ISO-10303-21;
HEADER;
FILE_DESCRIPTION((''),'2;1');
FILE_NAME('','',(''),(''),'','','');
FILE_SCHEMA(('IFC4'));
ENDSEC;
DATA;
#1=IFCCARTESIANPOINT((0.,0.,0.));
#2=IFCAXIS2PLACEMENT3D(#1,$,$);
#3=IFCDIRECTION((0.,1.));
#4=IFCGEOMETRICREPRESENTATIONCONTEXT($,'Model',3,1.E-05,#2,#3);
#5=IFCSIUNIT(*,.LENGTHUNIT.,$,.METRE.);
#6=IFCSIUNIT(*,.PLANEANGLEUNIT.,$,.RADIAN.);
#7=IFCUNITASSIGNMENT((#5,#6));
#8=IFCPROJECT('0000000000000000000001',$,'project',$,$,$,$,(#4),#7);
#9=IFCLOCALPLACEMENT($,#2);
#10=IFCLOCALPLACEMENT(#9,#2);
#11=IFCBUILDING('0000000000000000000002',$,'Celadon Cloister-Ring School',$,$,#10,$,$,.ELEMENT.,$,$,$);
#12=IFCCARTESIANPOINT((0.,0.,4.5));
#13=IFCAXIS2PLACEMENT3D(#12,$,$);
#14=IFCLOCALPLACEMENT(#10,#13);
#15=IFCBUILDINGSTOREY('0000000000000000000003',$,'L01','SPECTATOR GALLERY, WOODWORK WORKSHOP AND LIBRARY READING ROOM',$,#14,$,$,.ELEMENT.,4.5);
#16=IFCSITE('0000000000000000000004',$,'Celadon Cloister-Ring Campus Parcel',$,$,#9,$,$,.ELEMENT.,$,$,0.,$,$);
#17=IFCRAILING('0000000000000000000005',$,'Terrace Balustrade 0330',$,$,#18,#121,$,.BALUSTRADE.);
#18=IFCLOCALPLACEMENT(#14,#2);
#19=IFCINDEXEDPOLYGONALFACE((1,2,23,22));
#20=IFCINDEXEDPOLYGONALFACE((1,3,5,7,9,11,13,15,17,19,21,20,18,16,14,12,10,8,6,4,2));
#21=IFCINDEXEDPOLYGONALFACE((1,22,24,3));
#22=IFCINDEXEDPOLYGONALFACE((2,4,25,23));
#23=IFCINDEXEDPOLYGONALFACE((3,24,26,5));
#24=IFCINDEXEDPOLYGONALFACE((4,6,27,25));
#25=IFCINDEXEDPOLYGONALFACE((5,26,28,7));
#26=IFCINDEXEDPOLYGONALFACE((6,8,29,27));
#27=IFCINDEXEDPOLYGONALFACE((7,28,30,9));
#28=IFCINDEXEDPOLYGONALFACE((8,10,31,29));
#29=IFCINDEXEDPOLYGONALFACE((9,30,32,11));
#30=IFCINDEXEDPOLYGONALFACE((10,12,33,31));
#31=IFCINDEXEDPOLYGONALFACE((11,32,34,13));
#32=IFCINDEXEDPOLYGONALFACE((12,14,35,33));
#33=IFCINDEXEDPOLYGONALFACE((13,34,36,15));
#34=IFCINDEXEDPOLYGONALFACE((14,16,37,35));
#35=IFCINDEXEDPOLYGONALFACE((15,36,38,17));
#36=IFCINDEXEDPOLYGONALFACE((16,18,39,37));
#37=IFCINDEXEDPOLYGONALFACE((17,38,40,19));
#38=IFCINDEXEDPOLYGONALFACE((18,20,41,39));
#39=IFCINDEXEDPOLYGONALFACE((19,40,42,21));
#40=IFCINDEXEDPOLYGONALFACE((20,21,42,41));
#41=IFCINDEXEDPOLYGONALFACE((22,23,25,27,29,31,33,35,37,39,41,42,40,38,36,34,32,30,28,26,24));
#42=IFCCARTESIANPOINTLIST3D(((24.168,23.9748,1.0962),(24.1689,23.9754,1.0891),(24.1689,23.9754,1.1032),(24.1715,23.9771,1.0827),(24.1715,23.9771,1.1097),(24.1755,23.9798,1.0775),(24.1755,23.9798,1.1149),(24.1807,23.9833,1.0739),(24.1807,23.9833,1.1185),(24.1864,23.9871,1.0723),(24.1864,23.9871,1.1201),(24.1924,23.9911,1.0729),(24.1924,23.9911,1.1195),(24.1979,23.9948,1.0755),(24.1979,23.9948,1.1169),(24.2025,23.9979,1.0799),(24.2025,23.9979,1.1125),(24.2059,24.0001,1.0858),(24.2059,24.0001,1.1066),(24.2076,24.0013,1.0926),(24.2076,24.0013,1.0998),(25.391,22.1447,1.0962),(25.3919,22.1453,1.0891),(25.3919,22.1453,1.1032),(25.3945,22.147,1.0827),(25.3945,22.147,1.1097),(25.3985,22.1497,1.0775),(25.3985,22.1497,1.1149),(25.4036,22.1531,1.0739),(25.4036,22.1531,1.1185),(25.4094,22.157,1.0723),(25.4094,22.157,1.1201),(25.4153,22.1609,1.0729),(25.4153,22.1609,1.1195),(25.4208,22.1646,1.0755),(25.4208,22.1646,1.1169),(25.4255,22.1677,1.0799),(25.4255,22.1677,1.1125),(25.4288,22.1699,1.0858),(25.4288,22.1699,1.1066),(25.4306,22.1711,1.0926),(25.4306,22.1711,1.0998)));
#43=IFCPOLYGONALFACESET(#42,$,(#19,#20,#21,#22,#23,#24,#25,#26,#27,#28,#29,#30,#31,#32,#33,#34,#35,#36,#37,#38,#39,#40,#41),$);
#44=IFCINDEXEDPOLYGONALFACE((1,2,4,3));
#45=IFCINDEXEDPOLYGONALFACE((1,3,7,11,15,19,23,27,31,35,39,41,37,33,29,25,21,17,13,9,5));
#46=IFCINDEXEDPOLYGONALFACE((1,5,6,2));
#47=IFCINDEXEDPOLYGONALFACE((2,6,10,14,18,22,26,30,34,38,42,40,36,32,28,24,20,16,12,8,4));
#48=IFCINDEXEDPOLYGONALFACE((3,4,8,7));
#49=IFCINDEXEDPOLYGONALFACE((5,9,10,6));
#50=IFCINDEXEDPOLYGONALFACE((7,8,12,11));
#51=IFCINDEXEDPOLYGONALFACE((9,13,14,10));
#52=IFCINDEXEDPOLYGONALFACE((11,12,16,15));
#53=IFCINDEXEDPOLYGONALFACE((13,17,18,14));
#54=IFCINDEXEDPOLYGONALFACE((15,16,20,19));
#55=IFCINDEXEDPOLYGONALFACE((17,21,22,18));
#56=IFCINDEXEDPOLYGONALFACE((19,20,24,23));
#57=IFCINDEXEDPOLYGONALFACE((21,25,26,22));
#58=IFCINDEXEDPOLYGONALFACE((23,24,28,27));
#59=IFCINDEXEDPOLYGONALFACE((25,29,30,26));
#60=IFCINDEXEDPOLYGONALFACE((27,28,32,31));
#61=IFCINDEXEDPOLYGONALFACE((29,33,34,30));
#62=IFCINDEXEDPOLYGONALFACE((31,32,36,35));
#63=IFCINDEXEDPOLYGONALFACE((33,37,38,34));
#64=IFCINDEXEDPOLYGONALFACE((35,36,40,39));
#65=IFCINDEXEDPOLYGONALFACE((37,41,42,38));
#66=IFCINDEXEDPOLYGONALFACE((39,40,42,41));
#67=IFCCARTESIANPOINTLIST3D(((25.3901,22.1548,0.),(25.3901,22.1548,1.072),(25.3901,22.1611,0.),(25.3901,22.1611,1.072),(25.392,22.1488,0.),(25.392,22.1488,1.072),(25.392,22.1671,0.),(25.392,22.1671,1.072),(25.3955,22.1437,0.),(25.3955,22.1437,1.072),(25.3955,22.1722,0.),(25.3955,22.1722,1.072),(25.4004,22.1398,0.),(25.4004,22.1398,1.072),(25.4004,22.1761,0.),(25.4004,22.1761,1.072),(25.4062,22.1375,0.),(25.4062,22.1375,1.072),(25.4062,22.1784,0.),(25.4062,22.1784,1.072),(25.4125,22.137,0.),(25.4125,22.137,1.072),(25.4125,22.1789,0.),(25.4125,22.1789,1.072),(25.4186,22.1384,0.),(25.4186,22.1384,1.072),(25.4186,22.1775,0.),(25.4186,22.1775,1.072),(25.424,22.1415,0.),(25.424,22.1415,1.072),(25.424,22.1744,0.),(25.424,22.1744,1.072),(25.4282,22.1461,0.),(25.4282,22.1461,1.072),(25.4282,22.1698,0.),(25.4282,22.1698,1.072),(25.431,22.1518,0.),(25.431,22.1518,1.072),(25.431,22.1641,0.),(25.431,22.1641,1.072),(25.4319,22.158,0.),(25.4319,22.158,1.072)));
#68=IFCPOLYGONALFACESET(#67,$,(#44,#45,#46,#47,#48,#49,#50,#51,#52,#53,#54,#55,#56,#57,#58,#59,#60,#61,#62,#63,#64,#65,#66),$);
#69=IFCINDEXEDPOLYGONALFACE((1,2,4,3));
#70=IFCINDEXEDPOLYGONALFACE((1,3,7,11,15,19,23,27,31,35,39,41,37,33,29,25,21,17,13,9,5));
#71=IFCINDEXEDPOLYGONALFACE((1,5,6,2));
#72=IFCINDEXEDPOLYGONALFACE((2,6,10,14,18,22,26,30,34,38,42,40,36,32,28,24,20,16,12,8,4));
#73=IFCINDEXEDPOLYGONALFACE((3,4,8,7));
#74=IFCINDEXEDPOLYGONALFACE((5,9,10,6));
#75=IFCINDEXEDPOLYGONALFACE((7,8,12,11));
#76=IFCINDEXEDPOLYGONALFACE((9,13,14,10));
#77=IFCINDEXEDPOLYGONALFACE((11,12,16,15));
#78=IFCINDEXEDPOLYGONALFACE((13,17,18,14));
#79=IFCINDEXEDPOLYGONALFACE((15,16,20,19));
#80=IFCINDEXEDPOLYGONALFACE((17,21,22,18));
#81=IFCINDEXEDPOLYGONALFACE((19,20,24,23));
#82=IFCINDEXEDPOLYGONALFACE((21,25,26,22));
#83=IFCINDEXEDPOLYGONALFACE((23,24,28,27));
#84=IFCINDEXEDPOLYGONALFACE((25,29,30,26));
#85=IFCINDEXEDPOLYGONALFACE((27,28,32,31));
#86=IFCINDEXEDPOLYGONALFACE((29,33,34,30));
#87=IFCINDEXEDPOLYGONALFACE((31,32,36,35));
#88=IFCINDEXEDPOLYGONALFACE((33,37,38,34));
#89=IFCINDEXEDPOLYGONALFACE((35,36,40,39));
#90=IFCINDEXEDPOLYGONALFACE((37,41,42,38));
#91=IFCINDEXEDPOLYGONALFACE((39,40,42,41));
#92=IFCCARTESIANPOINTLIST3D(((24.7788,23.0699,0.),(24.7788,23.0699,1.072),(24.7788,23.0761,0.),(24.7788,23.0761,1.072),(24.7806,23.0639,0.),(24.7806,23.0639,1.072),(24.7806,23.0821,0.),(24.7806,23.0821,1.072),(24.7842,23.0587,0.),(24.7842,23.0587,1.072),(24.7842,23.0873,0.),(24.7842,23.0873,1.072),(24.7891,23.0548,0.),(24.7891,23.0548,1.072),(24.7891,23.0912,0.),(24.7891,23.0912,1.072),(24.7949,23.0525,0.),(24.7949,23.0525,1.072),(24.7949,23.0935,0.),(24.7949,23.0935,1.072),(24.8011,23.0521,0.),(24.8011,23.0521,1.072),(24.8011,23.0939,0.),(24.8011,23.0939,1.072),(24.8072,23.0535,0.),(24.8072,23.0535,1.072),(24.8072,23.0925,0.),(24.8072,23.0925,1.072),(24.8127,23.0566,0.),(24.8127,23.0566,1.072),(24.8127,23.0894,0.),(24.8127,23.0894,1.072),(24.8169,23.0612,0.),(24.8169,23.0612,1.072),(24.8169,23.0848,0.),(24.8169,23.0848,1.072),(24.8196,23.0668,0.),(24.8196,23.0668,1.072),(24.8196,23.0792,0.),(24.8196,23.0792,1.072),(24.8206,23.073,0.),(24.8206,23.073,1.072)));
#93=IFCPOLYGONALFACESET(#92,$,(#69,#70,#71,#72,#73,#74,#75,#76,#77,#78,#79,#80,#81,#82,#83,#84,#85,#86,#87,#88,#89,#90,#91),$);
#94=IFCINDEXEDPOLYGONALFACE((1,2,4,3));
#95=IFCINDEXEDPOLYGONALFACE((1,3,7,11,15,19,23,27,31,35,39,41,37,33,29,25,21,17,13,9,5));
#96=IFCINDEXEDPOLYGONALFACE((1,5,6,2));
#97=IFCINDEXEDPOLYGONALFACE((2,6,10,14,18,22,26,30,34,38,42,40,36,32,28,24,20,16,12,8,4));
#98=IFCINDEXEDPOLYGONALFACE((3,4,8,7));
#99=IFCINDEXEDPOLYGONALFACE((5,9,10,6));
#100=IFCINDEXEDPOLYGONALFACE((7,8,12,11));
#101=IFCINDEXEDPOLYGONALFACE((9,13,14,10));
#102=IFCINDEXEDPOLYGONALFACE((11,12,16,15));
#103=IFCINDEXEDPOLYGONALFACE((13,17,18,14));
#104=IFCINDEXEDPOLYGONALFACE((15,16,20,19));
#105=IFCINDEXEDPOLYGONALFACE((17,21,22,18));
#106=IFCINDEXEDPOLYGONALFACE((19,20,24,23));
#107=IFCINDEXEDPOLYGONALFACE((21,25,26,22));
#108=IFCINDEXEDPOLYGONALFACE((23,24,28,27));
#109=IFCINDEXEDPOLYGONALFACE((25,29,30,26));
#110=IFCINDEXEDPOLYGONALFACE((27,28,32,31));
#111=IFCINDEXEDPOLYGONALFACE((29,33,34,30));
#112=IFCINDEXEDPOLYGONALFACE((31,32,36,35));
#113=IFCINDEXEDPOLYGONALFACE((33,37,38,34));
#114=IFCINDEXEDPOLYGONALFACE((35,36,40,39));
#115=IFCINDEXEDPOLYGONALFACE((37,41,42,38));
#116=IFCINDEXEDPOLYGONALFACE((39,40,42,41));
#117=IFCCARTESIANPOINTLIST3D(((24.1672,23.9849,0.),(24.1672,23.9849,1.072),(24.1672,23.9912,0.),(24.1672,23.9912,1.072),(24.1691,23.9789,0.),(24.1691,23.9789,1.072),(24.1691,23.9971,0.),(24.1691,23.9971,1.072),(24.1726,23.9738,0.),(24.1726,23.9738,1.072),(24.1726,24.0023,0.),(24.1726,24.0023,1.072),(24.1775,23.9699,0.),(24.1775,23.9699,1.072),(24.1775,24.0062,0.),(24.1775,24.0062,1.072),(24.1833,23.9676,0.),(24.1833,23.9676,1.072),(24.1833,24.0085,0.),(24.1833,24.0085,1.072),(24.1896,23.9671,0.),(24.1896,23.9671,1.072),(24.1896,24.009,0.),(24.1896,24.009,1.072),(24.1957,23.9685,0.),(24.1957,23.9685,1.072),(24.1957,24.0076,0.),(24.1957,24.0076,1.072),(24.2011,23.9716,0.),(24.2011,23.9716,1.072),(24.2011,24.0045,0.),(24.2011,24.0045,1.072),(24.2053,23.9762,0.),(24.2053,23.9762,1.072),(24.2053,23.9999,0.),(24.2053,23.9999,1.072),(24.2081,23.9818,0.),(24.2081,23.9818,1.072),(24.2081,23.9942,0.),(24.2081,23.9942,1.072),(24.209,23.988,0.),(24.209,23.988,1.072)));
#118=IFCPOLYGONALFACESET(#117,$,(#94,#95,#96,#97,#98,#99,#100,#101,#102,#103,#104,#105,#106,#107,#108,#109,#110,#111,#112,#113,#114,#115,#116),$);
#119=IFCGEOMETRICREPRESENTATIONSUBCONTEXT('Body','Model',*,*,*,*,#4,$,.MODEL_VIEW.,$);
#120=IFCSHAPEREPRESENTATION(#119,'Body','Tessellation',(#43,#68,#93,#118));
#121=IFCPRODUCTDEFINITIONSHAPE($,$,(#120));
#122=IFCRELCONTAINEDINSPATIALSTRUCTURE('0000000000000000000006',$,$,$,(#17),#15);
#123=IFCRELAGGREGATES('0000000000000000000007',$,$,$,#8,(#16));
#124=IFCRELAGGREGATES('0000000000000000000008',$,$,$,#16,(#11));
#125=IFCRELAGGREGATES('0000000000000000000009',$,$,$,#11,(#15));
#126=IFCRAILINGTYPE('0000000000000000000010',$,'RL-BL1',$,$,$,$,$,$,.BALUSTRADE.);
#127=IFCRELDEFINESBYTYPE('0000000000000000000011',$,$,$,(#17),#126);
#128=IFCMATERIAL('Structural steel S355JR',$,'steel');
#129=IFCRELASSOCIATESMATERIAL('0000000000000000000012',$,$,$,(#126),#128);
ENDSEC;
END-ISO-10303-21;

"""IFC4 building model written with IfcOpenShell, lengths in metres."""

from ifc_helpers import new_model, si_unit, direction, frame, origin, origin_2d, place, context, subcontext, project, spatial, circle, extrude, material, type_object, element, save


model = new_model("IFC4")

# Units and contexts
model_context = context("Model", 3, precision=1e-05, world=origin(), true_north=direction((0.0, 1.0)))
body_context = subcontext(model_context, "Body", "Model", "MODEL_VIEW")
ifc_project = project(units=[si_unit("LENGTHUNIT", "METRE"), si_unit("PLANEANGLEUNIT", "RADIAN")], contexts=[model_context])

# Site, building, storey
site_placement = place(None, origin())
site = spatial("IfcSite", under=ifc_project, at=site_placement, Name="Celadon Cloister-Ring Campus Parcel", CompositionType="ELEMENT", RefElevation=0.0)
building_placement = place(site_placement, origin())
building = spatial("IfcBuilding", under=site, at=building_placement, Name="Celadon Cloister-Ring School", CompositionType="ELEMENT")
storey_placement = place(building_placement, frame((0.0, 0.0, 4.5)))
storey = spatial("IfcBuildingStorey", under=building, at=storey_placement, Name="L01", Description="SPECTATOR GALLERY, WOODWORK WORKSHOP AND LIBRARY READING ROOM", CompositionType="ELEMENT", Elevation=4.5)

# Railing
ifc_material_1 = material(Name="Structural steel S355JR", Category="steel")
railing_type_1 = type_object("IfcRailingType", Name="RL-BL1", PredefinedType="BALUSTRADE", material=ifc_material_1)
railing_placement = place(storey_placement, frame((25.4109, 22.158, 0.0)))
element("IfcRailing", 1, at=railing_placement, inside=storey, type_object=railing_type_1, Name="Terrace Balustrade 0330", PredefinedType="BALUSTRADE", context=body_context, shape_type="SweptSolid", body=[
    extrude(circle(Radius=0.0239, at=origin_2d()), frame((0.0, 0.0, 1.0962), z_axis=(-0.555596, 0.831453, 0.0), x_axis=(-0.831453, -0.555596, 0.0)), (0.0, 0.0, 1.0), 2.2012),
    extrude(circle(Radius=0.021, at=origin_2d()), origin(), (0.0, 0.0, 1.0), 1.072),
    extrude(circle(Radius=0.021, at=origin_2d()), frame((-0.6113, 0.915, 0.0)), (0.0, 0.0, 1.0), 1.072),
    extrude(circle(Radius=0.021, at=origin_2d()), frame((-1.2229, 1.8301, 0.0)), (0.0, 0.0, 1.0), 1.072),
])

save(model, "model.ifc")
